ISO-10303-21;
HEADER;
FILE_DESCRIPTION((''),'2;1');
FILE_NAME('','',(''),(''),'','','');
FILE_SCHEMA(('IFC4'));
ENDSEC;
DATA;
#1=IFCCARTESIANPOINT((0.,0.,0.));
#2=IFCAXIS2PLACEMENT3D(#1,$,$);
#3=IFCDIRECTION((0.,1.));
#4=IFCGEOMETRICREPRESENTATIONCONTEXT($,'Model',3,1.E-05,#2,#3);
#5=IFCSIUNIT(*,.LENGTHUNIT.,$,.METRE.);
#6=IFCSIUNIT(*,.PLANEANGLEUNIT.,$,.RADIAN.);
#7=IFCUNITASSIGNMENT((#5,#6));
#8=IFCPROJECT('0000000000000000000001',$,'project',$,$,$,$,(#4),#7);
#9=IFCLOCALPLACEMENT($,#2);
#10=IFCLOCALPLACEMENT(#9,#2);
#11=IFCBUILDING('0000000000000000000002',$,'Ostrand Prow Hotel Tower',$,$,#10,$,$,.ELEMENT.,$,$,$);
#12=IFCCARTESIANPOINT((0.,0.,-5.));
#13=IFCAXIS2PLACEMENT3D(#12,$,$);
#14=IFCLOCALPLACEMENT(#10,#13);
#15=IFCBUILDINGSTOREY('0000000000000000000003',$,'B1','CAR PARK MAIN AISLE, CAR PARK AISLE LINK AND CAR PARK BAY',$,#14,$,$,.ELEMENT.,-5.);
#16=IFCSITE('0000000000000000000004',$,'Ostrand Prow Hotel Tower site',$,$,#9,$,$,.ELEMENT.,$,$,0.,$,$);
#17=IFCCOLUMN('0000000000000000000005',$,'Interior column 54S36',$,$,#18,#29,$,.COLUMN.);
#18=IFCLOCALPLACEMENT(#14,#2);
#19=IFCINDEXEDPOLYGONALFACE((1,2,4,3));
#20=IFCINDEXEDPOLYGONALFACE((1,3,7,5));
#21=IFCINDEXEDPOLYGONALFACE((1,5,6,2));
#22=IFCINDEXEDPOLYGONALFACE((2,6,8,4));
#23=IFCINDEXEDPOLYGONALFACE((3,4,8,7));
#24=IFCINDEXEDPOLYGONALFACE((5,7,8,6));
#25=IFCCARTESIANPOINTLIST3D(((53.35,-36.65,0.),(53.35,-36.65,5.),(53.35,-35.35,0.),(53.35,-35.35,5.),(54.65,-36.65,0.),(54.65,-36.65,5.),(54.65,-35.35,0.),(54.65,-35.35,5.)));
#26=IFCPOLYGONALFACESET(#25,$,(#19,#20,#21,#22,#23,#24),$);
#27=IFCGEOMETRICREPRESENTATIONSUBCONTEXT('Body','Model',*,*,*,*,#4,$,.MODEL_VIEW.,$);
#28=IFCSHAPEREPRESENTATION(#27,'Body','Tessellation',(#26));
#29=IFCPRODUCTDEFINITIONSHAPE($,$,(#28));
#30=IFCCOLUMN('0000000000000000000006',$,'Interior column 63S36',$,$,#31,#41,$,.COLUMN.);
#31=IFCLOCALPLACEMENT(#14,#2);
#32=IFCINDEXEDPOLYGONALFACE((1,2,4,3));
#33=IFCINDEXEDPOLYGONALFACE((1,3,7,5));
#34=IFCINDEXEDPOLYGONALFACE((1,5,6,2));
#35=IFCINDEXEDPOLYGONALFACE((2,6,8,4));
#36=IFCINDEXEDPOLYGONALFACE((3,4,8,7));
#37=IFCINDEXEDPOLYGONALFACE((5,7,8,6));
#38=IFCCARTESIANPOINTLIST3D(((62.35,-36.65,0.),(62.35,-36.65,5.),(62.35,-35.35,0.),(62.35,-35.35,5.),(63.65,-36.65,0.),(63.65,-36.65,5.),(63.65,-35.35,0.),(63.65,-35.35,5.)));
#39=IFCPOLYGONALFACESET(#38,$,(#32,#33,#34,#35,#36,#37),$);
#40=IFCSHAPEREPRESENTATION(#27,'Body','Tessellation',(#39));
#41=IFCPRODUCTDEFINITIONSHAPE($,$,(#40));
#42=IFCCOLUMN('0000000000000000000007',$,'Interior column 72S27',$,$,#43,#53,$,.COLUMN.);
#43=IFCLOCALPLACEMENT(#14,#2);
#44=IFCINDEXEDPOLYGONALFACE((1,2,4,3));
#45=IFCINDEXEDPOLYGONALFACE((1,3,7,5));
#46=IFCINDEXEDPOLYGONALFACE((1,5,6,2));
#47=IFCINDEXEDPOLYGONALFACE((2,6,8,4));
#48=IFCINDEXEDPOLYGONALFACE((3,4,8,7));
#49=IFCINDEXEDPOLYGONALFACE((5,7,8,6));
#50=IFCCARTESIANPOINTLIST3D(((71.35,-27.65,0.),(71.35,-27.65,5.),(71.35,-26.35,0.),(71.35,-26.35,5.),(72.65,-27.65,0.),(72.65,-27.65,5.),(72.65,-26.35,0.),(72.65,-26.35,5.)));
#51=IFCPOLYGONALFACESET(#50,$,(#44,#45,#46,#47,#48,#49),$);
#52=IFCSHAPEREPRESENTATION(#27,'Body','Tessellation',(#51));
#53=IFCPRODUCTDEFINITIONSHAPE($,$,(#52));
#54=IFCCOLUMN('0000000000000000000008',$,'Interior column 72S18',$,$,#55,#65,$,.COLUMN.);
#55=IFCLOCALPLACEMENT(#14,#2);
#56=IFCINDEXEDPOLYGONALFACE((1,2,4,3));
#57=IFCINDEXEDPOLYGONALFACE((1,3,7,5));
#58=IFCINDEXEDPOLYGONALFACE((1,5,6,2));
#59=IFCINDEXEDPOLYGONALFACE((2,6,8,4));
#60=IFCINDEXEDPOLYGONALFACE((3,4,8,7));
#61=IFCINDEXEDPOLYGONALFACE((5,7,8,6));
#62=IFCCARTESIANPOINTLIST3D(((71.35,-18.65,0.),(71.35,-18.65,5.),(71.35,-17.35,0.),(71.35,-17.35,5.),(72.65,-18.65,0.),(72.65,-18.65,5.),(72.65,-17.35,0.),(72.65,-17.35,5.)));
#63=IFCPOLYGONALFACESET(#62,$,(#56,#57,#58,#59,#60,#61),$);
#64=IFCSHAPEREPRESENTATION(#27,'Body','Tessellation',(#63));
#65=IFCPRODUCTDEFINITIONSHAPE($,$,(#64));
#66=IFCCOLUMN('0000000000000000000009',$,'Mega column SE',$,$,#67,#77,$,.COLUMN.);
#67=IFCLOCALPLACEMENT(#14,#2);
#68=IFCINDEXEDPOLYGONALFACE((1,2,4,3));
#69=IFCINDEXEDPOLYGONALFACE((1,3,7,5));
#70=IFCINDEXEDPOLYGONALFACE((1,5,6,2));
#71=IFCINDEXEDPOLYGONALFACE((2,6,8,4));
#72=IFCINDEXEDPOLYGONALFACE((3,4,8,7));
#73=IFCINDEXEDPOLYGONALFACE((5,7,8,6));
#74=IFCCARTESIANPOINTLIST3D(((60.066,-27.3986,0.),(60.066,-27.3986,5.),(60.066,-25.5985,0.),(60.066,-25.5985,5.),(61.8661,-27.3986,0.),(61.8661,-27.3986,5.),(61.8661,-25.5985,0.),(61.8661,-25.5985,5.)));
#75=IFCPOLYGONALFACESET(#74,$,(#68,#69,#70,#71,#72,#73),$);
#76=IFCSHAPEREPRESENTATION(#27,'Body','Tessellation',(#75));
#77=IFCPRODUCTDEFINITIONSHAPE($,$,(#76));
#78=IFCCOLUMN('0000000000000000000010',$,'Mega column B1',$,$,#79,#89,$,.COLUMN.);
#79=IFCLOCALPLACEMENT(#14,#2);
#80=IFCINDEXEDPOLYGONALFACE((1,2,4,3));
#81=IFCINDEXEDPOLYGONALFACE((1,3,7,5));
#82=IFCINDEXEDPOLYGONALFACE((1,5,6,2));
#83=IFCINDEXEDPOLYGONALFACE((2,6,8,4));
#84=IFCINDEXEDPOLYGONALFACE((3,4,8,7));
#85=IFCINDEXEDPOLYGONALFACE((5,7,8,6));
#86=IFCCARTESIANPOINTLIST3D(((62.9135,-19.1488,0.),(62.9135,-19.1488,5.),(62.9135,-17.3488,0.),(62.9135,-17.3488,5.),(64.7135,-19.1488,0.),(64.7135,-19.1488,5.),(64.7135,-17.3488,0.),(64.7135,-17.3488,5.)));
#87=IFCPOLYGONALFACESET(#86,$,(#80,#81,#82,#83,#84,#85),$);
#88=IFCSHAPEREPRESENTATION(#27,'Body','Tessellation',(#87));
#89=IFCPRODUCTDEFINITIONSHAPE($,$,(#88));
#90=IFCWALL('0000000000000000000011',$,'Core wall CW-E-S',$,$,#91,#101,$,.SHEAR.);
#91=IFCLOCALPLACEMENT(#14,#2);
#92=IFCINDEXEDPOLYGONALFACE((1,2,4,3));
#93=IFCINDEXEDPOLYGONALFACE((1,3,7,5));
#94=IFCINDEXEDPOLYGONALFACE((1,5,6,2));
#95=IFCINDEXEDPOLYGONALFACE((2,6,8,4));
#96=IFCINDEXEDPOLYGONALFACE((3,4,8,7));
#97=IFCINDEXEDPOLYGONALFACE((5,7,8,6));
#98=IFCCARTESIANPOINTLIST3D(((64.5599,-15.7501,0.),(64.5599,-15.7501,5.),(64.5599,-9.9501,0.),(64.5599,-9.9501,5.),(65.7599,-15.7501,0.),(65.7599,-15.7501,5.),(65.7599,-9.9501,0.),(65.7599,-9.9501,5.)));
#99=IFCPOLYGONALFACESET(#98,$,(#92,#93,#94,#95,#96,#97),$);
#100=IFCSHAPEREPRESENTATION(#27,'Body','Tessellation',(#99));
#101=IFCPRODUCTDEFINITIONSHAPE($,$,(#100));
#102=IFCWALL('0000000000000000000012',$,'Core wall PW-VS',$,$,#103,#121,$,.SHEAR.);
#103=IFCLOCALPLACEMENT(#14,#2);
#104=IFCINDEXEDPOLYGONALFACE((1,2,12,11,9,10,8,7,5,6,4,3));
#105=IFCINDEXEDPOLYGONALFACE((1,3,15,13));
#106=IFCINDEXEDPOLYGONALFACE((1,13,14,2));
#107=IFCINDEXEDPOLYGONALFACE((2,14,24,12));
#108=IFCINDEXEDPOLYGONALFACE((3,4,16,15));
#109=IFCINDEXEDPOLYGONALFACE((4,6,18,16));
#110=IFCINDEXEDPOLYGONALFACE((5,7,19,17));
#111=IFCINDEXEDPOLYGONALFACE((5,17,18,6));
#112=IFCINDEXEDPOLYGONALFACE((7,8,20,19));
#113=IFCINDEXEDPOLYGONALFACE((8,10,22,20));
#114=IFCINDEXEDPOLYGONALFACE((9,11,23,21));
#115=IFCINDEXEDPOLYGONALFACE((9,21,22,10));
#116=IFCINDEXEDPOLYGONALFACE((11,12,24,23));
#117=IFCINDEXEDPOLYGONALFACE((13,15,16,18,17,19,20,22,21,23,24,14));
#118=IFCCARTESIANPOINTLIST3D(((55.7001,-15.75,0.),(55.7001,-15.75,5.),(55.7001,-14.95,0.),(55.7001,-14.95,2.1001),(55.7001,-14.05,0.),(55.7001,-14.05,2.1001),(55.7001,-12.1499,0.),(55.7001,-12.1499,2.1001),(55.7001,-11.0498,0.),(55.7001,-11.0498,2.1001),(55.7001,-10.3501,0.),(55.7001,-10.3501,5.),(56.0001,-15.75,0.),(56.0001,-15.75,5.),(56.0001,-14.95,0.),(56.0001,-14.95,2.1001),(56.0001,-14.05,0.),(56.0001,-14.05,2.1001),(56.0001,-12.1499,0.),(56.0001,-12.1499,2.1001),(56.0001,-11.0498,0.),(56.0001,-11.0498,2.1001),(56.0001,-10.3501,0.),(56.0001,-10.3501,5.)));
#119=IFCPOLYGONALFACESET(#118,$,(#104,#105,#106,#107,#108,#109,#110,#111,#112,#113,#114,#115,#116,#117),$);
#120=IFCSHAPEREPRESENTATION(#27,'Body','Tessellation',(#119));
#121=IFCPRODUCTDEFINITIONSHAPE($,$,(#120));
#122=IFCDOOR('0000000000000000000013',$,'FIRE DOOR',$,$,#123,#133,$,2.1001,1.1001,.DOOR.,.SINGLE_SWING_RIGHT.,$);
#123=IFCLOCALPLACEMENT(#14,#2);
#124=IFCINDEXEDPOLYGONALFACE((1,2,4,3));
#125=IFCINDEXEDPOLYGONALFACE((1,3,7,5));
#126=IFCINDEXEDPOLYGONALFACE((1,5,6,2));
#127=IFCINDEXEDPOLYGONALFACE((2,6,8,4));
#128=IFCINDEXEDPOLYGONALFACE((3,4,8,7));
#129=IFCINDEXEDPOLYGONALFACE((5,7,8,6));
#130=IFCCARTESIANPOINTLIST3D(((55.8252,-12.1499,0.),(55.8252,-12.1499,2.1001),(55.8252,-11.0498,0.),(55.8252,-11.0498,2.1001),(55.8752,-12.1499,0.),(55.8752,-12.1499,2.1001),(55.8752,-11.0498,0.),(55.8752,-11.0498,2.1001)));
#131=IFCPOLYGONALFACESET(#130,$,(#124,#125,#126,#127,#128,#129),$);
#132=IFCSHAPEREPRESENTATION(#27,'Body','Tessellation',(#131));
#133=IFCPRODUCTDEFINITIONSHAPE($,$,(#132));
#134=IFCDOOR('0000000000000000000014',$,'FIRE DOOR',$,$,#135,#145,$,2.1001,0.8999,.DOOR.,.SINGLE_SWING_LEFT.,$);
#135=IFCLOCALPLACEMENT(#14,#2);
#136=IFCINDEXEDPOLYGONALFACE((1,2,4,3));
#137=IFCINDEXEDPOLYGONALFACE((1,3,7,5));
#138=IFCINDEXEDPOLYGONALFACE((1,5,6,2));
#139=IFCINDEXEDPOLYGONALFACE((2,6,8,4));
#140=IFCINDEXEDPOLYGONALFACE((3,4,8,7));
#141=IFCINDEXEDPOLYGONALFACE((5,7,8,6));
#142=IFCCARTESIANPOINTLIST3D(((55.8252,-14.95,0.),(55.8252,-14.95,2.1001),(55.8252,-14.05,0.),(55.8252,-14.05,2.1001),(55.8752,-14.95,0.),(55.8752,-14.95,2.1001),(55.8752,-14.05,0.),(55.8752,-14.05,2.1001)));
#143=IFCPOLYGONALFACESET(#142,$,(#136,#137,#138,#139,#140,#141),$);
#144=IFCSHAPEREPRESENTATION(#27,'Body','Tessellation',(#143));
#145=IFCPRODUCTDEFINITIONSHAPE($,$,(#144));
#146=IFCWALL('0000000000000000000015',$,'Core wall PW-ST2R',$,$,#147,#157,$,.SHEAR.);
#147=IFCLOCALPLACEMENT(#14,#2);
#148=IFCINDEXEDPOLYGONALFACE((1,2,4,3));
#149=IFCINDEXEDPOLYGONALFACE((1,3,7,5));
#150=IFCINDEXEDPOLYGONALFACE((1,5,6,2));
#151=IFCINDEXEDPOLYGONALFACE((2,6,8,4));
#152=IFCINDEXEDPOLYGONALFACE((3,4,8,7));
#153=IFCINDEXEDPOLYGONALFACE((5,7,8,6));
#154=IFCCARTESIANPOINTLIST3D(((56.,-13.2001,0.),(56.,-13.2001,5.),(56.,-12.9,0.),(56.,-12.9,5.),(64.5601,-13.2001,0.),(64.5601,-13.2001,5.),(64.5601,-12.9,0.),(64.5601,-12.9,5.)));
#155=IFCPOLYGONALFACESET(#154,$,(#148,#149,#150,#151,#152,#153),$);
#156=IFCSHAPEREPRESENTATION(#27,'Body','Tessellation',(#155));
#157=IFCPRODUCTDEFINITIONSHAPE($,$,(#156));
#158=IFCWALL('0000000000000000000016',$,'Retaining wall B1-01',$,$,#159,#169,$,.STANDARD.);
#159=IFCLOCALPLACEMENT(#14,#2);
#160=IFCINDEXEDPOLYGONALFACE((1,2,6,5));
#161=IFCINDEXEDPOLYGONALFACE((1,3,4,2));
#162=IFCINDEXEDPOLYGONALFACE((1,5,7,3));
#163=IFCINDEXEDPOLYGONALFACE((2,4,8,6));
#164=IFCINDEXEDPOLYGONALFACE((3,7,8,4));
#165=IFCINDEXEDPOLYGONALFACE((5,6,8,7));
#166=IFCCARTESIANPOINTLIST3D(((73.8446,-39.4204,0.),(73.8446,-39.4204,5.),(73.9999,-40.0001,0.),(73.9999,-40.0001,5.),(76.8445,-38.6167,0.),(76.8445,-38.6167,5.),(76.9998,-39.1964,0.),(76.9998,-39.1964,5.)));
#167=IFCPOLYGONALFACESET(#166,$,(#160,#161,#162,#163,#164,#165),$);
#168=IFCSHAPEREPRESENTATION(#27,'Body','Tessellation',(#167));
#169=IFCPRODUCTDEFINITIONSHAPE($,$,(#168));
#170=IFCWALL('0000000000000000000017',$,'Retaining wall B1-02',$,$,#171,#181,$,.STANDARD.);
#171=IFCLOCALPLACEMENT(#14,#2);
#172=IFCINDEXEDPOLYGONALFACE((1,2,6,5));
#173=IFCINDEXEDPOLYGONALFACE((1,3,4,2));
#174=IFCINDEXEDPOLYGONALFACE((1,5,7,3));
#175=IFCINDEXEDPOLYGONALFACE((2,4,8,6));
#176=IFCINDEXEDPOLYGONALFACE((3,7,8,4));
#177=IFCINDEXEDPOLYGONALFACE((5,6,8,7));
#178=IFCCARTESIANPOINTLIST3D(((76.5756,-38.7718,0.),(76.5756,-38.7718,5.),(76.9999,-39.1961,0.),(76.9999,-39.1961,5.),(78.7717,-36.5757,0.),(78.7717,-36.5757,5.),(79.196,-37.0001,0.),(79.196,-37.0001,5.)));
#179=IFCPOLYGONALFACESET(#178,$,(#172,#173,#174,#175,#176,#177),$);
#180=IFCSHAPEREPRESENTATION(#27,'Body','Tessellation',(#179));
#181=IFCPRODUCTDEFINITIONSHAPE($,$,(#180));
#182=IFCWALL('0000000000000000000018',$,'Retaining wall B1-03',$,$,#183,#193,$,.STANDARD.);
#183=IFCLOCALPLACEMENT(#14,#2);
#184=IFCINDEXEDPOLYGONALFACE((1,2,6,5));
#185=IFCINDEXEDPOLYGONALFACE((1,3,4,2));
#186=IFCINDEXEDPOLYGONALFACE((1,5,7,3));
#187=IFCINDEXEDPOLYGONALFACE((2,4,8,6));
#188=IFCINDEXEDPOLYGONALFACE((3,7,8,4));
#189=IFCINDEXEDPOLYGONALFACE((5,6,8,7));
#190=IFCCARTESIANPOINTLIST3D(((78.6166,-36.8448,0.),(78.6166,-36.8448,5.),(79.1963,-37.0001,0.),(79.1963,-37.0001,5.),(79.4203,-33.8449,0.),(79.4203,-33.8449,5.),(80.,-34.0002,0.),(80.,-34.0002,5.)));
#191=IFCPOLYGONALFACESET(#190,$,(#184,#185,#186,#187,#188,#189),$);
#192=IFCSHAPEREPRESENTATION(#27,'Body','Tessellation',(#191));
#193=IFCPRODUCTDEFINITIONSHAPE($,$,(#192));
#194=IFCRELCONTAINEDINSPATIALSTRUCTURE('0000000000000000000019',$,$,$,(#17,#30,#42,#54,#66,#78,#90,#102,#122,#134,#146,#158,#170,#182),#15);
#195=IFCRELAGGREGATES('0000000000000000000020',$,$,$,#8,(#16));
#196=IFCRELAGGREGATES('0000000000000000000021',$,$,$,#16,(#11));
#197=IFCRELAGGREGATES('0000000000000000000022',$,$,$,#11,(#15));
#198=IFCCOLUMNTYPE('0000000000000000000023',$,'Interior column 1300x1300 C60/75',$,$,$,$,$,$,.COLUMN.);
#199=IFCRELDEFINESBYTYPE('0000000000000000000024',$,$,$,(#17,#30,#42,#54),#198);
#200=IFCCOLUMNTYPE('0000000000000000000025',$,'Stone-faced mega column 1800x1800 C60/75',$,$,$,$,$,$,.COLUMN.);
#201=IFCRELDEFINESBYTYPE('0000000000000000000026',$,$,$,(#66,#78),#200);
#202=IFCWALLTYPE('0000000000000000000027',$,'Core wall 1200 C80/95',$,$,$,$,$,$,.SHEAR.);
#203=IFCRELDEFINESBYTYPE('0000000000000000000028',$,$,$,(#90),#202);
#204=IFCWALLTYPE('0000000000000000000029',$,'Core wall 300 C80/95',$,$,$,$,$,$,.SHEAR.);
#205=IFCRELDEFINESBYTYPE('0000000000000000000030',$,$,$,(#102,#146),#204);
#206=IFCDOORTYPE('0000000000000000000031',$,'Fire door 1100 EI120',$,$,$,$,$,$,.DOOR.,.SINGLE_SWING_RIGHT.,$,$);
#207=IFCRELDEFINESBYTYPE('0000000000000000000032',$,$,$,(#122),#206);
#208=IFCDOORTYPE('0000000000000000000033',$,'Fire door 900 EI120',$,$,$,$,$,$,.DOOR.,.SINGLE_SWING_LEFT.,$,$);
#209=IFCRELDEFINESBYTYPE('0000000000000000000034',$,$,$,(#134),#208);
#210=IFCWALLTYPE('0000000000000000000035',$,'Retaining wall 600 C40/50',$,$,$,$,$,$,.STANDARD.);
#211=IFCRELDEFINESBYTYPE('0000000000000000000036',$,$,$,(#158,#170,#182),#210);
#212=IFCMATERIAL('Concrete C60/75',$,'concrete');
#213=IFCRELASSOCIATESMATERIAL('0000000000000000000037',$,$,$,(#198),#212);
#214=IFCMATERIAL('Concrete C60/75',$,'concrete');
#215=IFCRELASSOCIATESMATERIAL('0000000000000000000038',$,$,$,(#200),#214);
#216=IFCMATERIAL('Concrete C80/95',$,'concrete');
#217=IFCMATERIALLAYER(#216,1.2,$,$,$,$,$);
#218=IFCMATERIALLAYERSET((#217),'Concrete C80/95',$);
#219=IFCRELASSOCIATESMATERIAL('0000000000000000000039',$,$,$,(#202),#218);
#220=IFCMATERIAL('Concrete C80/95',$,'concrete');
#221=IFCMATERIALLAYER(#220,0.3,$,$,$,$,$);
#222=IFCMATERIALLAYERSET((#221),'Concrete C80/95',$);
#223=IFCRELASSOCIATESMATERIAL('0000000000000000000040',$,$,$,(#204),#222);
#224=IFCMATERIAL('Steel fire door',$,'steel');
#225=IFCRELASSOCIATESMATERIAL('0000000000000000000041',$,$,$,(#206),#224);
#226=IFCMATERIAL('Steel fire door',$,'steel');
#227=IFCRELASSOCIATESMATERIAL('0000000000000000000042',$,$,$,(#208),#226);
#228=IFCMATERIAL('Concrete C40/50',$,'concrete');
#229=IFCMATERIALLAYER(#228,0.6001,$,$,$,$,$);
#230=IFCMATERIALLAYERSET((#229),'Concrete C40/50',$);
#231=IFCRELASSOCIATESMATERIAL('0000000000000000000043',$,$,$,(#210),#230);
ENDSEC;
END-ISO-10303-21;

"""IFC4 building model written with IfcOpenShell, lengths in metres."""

from ifc_helpers import new_model, si_unit, direction, frame, frame_2d, origin, origin_2d, place, context, subcontext, project, spatial, rectangle, extrude, material, layer, layer_set, material_profile, profile_set, type_object, element, fill, save


model = new_model("IFC4")

# Units and contexts
model_context = context("Model", 3, precision=1e-05, world=origin(), true_north=direction((0.0, 1.0)))
body_context = subcontext(model_context, "Body", "Model", "MODEL_VIEW")
ifc_project = project(units=[si_unit("LENGTHUNIT", "METRE"), si_unit("PLANEANGLEUNIT", "RADIAN")], contexts=[model_context])

# Site, building, storey
site_placement = place(None, origin())
site = spatial("IfcSite", under=ifc_project, at=site_placement, Name="Ostrand Prow Hotel Tower site", CompositionType="ELEMENT", RefElevation=0.0)
building_placement = place(site_placement, origin())
building = spatial("IfcBuilding", under=site, at=building_placement, Name="Ostrand Prow Hotel Tower", CompositionType="ELEMENT")
storey_placement = place(building_placement, frame((0.0, 0.0, -5.0)))
storey = spatial("IfcBuildingStorey", under=building, at=storey_placement, Name="B1", Description="CAR PARK MAIN AISLE, CAR PARK AISLE LINK AND CAR PARK BAY", CompositionType="ELEMENT", Elevation=-5.0)

# Columns
ifc_material_1 = material(Name="Concrete C60/75", Category="concrete")
ifc_material_profile_1 = material_profile(ifc_material_1, rectangle(XDim=1.3, YDim=1.3, at=origin_2d()), Name="RC 1300x1300")
ifc_profile_set_1 = profile_set([ifc_material_profile_1], Name="Concrete C60/75")
column_type_1 = type_object("IfcColumnType", Name="Interior column 1300x1300 C60/75", PredefinedType="COLUMN", material=ifc_profile_set_1)
for number, where, z_axis, x_axis, name in (
    (1, (54.0, -36.0, 0.0), (0.0, 0.0, 1.0), (1.0, 0.0, 0.0), "Interior column 54S36"),
    (2, (63.0, -36.0, 0.0), (0.0, 0.0, 1.0), (1.0, 0.0, 0.0), "Interior column 63S36"),
    (3, (72.0, -27.0, 0.0), (0.0, 0.0, 1.0), (1.0, 0.0, 0.0), "Interior column 72S27"),
    (4, (72.0, -18.0, 0.0), (0.0, 0.0, 1.0), (1.0, 0.0, 0.0), "Interior column 72S18"),
):
    element("IfcColumn", number, at=place(storey_placement, frame(where, z_axis=z_axis, x_axis=x_axis)), inside=storey, type_object=column_type_1, Name=name, PredefinedType="COLUMN", context=body_context, shape_type="SweptSolid", body=[
        extrude(rectangle(XDim=1.3, YDim=1.3, at=origin_2d()), origin(), (0.0, 0.0, 1.0), 5.0),
    ])
ifc_material_2 = material(Name="Concrete C60/75", Category="concrete")
ifc_material_profile_2 = material_profile(ifc_material_2, rectangle(XDim=1.8, YDim=1.8, at=origin_2d()), Name="RC 1800x1800")
ifc_profile_set_2 = profile_set([ifc_material_profile_2], Name="Concrete C60/75")
column_type_2 = type_object("IfcColumnType", Name="Stone-faced mega column 1800x1800 C60/75", PredefinedType="COLUMN", material=ifc_profile_set_2)
for number, where, z_axis, x_axis, name in (
    (5, (60.9661, -26.4985, 0.0), (0.0, 0.0, 1.0), (1.0, 0.0, 0.0), "Mega column SE"),
    (6, (63.8135, -18.2488, 0.0), (0.0, 0.0, 1.0), (1.0, 0.0, 0.0), "Mega column B1"),
):
    element("IfcColumn", number, at=place(storey_placement, frame(where, z_axis=z_axis, x_axis=x_axis)), inside=storey, type_object=column_type_2, Name=name, PredefinedType="COLUMN", context=body_context, shape_type="SweptSolid", body=[
        extrude(rectangle(XDim=1.8, YDim=1.8, at=origin_2d()), origin(), (0.0, 0.0, 1.0), 5.0),
    ])

# Wall
ifc_material_3 = material(Name="Concrete C80/95", Category="concrete")
ifc_layer_1 = layer(ifc_material_3, 1.2)
ifc_layer_set_1 = layer_set([ifc_layer_1], Name="Concrete C80/95")
wall_type_1 = type_object("IfcWallType", Name="Core wall 1200 C80/95", PredefinedType="SHEAR", material=ifc_layer_set_1)
wall_1_placement = place(storey_placement, frame((65.1599, -15.75, 0.0), z_axis=(0.0, 0.0, 1.0), x_axis=(0.0, 1.0, 0.0)))
element("IfcWall", 7, at=wall_1_placement, inside=storey, type_object=wall_type_1, Name="Core wall CW-E-S", PredefinedType="SHEAR", context=body_context, shape_type="SweptSolid", body=[
    extrude(rectangle(XDim=5.8, YDim=1.2, at=frame_2d((2.8999, 0.0))), origin(), (0.0, 0.0, 1.0), 5.0),
])

# Wall, openings, doors
ifc_material_4 = material(Name="Concrete C80/95", Category="concrete")
ifc_layer_2 = layer(ifc_material_4, 0.3)
ifc_layer_set_2 = layer_set([ifc_layer_2], Name="Concrete C80/95")
wall_type_2 = type_object("IfcWallType", Name="Core wall 300 C80/95", PredefinedType="SHEAR", material=ifc_layer_set_2)
wall_2_placement = place(storey_placement, frame((55.8501, -15.75, 0.0), z_axis=(0.0, 0.0, 1.0), x_axis=(0.0, 1.0, 0.0)))
wall_2 = element("IfcWall", 8, at=wall_2_placement, inside=storey, type_object=wall_type_2, Name="Core wall PW-VS", PredefinedType="SHEAR", context=body_context, shape_type="SweptSolid", body=[
    extrude(rectangle(XDim=5.3999, YDim=0.3, at=frame_2d((2.7, 0.0))), origin(), (0.0, 0.0, 1.0), 5.0),
])
opening_1_placement = place(wall_2_placement, frame((3.6001, 0.0, 0.0)))
opening_1 = element("IfcOpeningElement", 9, at=opening_1_placement, cuts=wall_2, PredefinedType="OPENING", context=body_context, shape_type="SweptSolid", body=[
    extrude(rectangle(XDim=1.1001, YDim=2.1001, at=frame_2d((0.55, 1.05))), frame((0.0, 0.1599, 0.0), z_axis=(0.0, -1.0, 0.0), x_axis=(1.0, 0.0, 0.0)), (0.0, 0.0, 1.0), 0.3201),
])
opening_2_placement = place(wall_2_placement, frame((0.8, 0.0, 0.0)))
opening_2 = element("IfcOpeningElement", 10, at=opening_2_placement, cuts=wall_2, PredefinedType="OPENING", context=body_context, shape_type="SweptSolid", body=[
    extrude(rectangle(XDim=0.8999, YDim=2.1001, at=frame_2d((0.45, 1.05))), frame((0.0, 0.1599, 0.0), z_axis=(0.0, -1.0, 0.0), x_axis=(1.0, 0.0, 0.0)), (0.0, 0.0, 1.0), 0.3201),
])
ifc_material_5 = material(Name="Steel fire door", Category="steel")
door_type_1 = type_object("IfcDoorType", Name="Fire door 1100 EI120", OperationType="SINGLE_SWING_RIGHT", PredefinedType="DOOR", material=ifc_material_5)
door_1_placement = place(opening_1_placement, origin())
door_1 = element("IfcDoor", 11, at=door_1_placement, inside=storey, type_object=door_type_1, Name="FIRE DOOR", OperationType="SINGLE_SWING_RIGHT", OverallHeight=2.1001, OverallWidth=1.1001, PredefinedType="DOOR", context=body_context, shape_type="SweptSolid", body=[
    extrude(rectangle(XDim=1.1001, YDim=2.1001, at=frame_2d((0.55, 1.05))), frame((0.0, 0.0249, 0.0), z_axis=(0.0, -1.0, 0.0), x_axis=(1.0, 0.0, 0.0)), (0.0, 0.0, 1.0), 0.05),
])
fill(opening_1, door_1)
ifc_material_6 = material(Name="Steel fire door", Category="steel")
door_type_2 = type_object("IfcDoorType", Name="Fire door 900 EI120", OperationType="SINGLE_SWING_LEFT", PredefinedType="DOOR", material=ifc_material_6)
door_2_placement = place(opening_2_placement, origin())
door_2 = element("IfcDoor", 12, at=door_2_placement, inside=storey, type_object=door_type_2, Name="FIRE DOOR", OperationType="SINGLE_SWING_LEFT", OverallHeight=2.1001, OverallWidth=0.8999, PredefinedType="DOOR", context=body_context, shape_type="SweptSolid", body=[
    extrude(rectangle(XDim=0.8999, YDim=2.1001, at=frame_2d((0.45, 1.05))), frame((0.0, 0.0249, 0.0), z_axis=(0.0, -1.0, 0.0), x_axis=(1.0, 0.0, 0.0)), (0.0, 0.0, 1.0), 0.05),
])
fill(opening_2, door_2)

# Walls
wall_3_placement = place(storey_placement, frame((56.0, -13.05, 0.0), z_axis=(0.0, 0.0, 1.0), x_axis=(1.0, 0.0, 0.0)))
element("IfcWall", 13, at=wall_3_placement, inside=storey, type_object=wall_type_2, Name="Core wall PW-ST2R", PredefinedType="SHEAR", context=body_context, shape_type="SweptSolid", body=[
    extrude(rectangle(XDim=8.5601, YDim=0.3, at=frame_2d((4.28, 0.0))), origin(), (0.0, 0.0, 1.0), 5.0),
])
ifc_material_7 = material(Name="Concrete C40/50", Category="concrete")
ifc_layer_3 = layer(ifc_material_7, 0.6001)
ifc_layer_set_3 = layer_set([ifc_layer_3], Name="Concrete C40/50")
wall_type_3 = type_object("IfcWallType", Name="Retaining wall 600 C40/50", PredefinedType="STANDARD", material=ifc_layer_set_3)
for number, where, z_axis, x_axis, name in (
    (14, (73.9224, -39.7102, 0.0), (0.0, 0.0, 1.0), (0.965937, 0.258778, 0.0), "Retaining wall B1-01"),
    (15, (76.7878, -38.9839, 0.0), (0.0, 0.0, 1.0), (0.707107, 0.707107, 0.0), "Retaining wall B1-02"),
    (16, (78.9065, -36.9224, 0.0), (0.0, 0.0, 1.0), (0.258778, 0.965937, 0.0), "Retaining wall B1-03"),
):
    element("IfcWall", number, at=place(storey_placement, frame(where, z_axis=z_axis, x_axis=x_axis)), inside=storey, type_object=wall_type_3, Name=name, PredefinedType="STANDARD", context=body_context, shape_type="SweptSolid", body=[
        extrude(rectangle(XDim=3.1057, YDim=0.6001, at=frame_2d((1.5527, 0.0))), origin(), (0.0, 0.0, 1.0), 5.0),
    ])

save(model, "model.ifc")
